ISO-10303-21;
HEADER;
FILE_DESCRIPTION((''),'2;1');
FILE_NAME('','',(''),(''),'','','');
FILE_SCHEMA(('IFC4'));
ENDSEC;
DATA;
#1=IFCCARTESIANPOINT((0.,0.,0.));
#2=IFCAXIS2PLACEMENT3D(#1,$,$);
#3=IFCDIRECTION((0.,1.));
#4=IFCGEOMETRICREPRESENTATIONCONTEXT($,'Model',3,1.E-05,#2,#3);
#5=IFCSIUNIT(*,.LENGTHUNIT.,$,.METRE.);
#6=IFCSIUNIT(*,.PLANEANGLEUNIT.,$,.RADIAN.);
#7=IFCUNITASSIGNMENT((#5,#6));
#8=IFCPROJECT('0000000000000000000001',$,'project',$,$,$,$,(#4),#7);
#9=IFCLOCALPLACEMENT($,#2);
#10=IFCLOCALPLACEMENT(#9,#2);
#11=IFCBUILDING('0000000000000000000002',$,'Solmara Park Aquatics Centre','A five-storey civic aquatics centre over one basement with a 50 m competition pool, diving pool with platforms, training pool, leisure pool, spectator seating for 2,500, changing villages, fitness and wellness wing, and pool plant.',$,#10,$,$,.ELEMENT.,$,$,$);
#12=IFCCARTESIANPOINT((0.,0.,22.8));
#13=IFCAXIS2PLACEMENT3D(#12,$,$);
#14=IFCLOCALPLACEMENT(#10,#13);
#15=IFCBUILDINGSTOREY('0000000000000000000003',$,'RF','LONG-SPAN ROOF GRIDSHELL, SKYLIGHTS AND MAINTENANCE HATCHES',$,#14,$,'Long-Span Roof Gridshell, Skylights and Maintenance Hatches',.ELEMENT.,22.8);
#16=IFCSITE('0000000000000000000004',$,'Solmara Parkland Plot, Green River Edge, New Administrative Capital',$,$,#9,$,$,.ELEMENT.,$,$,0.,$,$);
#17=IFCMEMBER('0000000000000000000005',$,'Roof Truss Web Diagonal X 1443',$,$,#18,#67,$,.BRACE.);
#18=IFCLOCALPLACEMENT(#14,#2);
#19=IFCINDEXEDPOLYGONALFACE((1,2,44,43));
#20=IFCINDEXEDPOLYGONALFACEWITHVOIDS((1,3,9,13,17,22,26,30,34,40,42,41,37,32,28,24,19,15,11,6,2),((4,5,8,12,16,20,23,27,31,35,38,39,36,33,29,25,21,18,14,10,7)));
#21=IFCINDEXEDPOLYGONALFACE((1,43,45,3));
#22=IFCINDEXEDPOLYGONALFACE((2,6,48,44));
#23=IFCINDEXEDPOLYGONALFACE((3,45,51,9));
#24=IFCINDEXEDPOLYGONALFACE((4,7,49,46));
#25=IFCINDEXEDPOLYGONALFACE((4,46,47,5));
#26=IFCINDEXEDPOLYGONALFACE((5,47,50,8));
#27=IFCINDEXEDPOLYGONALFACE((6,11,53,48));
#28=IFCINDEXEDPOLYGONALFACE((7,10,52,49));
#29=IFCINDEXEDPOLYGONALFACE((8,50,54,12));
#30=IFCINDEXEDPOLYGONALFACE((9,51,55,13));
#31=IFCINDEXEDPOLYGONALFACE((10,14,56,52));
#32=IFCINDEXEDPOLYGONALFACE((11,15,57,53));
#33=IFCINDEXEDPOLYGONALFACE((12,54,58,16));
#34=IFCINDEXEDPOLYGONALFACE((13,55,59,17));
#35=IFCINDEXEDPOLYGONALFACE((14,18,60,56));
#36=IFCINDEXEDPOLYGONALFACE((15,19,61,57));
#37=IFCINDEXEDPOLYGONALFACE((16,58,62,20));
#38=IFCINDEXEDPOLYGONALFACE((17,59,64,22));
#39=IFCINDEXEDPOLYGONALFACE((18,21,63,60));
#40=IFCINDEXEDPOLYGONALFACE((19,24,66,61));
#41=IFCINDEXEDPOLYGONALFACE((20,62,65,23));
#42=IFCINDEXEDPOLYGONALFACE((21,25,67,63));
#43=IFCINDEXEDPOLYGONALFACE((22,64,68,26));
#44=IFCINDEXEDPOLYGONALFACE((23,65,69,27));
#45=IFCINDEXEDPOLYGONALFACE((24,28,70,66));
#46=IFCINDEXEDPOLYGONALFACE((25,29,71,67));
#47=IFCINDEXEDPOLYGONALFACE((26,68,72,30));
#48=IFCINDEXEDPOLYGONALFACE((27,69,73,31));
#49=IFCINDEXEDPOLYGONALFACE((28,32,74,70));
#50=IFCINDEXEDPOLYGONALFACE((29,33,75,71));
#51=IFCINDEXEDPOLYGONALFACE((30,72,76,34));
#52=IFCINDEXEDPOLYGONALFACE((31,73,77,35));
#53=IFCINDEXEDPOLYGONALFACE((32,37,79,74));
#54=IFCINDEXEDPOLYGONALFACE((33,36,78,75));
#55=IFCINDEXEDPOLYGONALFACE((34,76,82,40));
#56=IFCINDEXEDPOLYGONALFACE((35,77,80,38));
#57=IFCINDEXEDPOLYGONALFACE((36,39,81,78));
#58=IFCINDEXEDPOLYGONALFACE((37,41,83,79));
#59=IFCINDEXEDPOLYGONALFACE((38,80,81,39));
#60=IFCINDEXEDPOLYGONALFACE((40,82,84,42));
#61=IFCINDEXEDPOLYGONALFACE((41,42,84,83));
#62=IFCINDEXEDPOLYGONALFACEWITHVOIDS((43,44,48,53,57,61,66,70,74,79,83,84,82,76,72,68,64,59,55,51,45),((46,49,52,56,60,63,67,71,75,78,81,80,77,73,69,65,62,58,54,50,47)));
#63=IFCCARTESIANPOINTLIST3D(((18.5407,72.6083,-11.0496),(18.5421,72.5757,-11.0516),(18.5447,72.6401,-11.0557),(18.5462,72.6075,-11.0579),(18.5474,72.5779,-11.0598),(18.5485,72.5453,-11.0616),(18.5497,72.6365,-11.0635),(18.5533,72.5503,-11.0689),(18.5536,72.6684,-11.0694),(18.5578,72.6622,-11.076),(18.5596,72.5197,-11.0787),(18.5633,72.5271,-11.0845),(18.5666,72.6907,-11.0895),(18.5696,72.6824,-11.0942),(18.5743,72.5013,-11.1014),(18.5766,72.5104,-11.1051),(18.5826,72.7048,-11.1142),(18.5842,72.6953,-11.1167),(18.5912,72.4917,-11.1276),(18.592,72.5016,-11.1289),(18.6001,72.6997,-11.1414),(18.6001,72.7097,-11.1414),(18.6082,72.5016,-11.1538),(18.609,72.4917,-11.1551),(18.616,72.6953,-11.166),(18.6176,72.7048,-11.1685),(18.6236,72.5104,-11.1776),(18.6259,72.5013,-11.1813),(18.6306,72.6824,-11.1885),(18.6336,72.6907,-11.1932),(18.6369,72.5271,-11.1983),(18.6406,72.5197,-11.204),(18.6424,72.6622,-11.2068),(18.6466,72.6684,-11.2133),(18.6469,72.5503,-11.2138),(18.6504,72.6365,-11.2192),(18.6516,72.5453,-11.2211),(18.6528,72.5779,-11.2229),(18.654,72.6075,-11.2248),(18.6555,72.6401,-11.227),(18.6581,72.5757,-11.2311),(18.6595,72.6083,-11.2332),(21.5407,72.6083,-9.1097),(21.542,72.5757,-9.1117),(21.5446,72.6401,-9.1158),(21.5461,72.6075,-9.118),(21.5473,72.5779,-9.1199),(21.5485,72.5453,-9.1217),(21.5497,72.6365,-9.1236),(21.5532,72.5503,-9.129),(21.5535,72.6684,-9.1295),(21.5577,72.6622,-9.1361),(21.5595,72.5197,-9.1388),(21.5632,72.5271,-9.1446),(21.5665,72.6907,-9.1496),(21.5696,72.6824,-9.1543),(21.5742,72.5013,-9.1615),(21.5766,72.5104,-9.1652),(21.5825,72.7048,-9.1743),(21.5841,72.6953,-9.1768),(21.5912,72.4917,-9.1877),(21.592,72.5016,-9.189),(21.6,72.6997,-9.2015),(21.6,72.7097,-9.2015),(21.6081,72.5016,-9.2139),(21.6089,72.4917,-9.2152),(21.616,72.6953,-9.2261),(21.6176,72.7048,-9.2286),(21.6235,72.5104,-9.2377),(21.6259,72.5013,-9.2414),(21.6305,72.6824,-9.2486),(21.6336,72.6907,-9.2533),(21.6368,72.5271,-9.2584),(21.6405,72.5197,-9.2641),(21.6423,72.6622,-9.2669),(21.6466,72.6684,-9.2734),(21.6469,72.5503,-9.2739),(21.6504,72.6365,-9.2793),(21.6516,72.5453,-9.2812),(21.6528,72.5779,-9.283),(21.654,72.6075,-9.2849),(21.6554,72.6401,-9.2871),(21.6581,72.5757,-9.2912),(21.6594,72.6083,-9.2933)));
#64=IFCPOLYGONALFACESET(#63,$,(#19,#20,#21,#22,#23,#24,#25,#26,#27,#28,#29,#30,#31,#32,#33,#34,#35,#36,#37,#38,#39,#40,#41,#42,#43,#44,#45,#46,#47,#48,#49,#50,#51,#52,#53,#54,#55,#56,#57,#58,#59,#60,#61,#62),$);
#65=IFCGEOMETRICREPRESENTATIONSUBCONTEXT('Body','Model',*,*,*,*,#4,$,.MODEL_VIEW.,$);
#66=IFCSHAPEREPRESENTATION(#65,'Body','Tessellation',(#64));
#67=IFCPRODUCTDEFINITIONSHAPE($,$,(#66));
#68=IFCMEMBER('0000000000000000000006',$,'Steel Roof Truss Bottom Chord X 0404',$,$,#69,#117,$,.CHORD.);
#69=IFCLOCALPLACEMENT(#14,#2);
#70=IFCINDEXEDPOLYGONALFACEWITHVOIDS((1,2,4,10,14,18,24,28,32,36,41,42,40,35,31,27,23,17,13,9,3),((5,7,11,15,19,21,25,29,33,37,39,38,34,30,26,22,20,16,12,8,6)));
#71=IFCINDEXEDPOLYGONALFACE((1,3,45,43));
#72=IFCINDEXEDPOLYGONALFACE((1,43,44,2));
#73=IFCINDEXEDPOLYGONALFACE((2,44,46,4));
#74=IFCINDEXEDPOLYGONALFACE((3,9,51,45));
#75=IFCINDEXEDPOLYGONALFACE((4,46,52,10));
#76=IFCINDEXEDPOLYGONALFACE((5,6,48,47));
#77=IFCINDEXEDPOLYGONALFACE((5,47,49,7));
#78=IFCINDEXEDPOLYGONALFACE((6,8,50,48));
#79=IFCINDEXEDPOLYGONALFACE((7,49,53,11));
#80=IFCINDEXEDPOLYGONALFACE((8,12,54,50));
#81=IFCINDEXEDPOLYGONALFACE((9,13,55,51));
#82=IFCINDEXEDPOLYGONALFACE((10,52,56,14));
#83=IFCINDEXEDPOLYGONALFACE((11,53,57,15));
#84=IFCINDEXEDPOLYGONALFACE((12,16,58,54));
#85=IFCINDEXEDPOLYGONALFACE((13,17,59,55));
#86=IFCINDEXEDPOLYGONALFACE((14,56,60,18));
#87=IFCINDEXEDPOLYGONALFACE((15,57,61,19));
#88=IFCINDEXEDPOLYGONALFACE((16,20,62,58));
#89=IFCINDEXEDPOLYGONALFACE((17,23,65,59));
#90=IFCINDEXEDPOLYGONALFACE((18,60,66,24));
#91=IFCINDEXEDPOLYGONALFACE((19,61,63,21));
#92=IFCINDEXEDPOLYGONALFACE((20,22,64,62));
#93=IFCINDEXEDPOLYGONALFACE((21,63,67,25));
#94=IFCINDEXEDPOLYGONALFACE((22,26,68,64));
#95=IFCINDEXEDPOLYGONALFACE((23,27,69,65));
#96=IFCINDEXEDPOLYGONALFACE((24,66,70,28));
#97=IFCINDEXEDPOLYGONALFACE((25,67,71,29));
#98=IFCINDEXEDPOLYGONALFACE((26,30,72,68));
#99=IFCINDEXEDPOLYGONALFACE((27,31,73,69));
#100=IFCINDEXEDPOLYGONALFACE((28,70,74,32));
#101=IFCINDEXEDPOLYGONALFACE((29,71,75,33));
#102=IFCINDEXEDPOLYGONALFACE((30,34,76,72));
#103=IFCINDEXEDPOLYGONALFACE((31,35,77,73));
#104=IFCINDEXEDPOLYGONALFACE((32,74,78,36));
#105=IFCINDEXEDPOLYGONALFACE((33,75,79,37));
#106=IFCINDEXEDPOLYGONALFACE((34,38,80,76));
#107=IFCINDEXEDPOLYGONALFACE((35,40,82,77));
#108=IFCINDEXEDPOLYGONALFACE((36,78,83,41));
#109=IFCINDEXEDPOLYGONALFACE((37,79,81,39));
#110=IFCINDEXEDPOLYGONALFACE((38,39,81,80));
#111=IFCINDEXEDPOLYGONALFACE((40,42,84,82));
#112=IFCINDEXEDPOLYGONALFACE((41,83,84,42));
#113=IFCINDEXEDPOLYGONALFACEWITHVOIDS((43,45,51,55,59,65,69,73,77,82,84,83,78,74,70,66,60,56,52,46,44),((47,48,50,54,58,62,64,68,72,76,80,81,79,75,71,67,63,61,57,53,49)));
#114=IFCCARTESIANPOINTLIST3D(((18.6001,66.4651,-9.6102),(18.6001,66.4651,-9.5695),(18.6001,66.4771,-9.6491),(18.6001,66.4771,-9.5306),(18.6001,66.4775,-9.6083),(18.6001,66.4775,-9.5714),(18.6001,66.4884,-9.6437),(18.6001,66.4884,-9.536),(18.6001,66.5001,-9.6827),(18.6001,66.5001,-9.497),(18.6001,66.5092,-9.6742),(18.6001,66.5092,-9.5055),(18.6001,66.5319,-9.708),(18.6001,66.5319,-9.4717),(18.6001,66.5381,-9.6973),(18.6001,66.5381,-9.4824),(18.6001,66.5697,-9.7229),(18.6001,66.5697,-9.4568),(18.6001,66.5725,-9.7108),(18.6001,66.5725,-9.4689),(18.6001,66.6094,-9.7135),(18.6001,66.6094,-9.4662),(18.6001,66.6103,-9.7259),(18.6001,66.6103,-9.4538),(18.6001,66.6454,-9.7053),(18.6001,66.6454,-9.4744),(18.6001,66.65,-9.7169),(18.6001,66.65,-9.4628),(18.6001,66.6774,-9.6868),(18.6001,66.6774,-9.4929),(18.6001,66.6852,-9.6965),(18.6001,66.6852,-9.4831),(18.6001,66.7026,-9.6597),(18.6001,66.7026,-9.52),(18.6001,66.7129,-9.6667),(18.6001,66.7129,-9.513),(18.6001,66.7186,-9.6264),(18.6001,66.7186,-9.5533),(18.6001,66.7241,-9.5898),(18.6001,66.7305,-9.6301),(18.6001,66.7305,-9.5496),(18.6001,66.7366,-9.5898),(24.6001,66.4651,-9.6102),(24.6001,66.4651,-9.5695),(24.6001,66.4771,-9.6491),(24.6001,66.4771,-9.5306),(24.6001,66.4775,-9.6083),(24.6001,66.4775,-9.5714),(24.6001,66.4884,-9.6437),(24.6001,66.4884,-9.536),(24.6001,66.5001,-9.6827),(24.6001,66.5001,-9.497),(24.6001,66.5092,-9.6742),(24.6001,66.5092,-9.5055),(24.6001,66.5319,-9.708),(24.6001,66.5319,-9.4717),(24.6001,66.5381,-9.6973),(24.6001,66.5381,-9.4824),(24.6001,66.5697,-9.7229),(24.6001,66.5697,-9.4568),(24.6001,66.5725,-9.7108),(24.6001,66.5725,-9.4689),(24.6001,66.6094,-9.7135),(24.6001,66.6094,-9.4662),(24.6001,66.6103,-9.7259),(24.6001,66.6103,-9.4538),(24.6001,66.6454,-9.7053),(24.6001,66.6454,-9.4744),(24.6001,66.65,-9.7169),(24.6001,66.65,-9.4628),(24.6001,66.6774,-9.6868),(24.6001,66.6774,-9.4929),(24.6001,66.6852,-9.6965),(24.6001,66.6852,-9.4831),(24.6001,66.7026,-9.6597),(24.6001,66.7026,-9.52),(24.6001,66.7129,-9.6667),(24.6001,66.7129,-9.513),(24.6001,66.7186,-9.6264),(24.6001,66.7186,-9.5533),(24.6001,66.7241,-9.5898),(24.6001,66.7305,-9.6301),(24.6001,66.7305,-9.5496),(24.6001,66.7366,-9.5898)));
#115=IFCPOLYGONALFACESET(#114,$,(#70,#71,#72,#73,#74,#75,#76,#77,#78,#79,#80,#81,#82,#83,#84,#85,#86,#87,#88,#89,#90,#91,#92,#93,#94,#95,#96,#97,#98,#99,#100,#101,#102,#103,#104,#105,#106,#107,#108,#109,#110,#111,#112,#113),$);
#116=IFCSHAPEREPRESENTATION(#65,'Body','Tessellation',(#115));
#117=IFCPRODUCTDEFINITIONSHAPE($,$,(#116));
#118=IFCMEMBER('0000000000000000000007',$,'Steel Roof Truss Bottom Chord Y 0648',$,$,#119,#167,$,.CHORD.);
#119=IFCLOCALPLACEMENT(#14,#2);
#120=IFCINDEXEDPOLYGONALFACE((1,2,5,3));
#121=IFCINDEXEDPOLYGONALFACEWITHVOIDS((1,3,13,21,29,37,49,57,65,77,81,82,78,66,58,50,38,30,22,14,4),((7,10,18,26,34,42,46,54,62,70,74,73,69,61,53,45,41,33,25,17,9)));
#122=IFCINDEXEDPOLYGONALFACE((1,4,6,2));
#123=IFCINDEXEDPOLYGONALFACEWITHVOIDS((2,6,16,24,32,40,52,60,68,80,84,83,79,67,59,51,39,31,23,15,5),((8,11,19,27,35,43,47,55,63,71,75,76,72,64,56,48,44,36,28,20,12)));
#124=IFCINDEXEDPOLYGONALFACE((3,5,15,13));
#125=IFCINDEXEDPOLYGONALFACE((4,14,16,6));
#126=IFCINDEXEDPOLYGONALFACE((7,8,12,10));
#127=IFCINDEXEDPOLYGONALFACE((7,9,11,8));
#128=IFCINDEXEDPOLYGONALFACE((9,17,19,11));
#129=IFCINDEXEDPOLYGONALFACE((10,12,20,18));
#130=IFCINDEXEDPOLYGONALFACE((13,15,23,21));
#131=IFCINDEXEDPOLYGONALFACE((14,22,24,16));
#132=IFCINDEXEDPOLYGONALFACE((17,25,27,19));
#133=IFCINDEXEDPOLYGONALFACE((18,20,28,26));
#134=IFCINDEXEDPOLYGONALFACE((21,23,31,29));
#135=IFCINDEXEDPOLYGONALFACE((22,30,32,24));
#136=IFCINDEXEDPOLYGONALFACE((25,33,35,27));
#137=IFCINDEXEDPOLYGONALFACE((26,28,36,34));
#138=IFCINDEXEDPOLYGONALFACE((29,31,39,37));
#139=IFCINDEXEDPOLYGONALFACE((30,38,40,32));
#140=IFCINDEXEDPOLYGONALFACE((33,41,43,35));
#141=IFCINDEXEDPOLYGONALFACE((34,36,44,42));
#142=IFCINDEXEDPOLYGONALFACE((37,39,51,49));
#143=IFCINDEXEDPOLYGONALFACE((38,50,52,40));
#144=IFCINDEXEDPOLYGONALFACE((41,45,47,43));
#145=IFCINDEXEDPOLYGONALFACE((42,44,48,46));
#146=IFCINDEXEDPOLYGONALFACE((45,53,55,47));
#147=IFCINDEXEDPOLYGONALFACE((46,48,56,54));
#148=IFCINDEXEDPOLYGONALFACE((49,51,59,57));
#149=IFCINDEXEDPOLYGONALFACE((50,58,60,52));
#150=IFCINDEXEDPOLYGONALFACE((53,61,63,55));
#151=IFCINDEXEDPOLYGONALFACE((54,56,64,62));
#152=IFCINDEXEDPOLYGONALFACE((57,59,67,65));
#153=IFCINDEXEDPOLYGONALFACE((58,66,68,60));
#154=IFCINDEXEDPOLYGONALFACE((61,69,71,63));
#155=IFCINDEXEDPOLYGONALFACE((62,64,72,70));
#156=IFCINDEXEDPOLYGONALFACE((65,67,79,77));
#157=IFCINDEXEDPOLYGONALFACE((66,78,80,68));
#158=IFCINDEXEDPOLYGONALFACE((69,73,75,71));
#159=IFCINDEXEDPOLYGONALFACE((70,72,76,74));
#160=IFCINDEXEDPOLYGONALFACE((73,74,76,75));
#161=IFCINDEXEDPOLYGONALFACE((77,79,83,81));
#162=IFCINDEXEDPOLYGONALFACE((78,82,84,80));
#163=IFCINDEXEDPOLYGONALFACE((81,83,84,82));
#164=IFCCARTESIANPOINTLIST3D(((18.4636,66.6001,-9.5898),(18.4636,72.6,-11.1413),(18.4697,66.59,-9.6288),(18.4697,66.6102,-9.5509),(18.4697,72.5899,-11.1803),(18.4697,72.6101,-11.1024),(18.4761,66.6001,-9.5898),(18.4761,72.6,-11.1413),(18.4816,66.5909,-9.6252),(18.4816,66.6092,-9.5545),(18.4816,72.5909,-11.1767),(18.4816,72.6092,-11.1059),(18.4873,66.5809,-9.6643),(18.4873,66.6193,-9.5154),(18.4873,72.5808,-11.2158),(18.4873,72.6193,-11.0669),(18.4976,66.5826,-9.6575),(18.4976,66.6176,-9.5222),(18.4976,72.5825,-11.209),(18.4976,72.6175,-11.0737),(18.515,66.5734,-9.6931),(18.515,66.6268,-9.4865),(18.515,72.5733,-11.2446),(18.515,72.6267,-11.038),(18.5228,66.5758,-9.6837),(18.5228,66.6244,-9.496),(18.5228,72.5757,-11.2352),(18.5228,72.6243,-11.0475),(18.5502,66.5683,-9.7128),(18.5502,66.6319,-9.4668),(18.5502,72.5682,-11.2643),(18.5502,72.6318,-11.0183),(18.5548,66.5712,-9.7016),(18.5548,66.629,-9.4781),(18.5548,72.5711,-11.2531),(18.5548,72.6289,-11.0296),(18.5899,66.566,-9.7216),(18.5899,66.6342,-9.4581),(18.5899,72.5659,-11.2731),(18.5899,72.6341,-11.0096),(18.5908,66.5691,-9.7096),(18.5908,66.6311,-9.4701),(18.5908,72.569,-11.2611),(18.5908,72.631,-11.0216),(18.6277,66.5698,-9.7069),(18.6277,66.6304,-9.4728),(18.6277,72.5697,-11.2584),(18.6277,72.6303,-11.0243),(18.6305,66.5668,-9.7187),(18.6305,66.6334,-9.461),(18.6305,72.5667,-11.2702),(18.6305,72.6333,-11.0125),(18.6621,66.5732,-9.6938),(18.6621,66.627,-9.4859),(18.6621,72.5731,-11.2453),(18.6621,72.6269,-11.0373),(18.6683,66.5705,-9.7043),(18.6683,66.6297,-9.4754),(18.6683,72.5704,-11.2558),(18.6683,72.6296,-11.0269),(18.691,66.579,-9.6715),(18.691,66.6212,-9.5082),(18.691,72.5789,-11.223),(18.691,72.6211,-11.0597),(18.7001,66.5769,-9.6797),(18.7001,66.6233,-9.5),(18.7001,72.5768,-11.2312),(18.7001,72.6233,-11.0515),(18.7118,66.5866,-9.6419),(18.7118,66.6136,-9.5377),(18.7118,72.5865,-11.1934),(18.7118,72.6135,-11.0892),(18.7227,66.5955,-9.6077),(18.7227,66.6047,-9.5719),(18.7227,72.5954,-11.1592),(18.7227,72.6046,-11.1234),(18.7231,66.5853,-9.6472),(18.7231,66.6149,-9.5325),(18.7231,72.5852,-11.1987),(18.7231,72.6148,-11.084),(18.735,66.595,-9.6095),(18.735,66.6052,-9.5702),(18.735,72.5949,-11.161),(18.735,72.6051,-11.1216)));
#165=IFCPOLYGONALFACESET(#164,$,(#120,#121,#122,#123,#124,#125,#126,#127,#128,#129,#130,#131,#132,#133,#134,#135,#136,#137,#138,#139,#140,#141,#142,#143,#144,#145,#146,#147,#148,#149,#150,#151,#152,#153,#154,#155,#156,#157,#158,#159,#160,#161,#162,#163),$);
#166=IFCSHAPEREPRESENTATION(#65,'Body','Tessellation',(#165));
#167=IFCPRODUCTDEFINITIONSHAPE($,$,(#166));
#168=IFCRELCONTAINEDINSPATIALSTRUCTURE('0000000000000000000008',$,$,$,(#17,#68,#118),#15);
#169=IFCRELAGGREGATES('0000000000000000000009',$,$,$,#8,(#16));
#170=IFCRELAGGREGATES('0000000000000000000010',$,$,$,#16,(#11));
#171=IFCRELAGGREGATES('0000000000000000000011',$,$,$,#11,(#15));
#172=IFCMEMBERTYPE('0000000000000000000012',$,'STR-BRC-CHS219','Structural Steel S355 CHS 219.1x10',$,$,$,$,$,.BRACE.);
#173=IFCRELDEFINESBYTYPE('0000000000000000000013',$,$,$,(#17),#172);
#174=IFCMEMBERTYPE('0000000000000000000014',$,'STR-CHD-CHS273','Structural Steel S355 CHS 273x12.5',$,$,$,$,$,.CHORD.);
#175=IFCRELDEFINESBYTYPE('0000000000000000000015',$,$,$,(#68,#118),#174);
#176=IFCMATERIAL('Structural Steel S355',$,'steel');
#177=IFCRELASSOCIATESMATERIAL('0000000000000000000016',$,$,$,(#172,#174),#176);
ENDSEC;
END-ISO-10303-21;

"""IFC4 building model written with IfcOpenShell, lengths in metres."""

from ifc_helpers import new_model, si_unit, direction, frame, origin, origin_2d, place, context, subcontext, project, spatial, hollow_circle, extrude, material, material_profile, profile_set, type_object, element, save


model = new_model("IFC4")

# Units and contexts
model_context = context("Model", 3, precision=1e-05, world=origin(), true_north=direction((0.0, 1.0)))
body_context = subcontext(model_context, "Body", "Model", "MODEL_VIEW")
ifc_project = project(units=[si_unit("LENGTHUNIT", "METRE"), si_unit("PLANEANGLEUNIT", "RADIAN")], contexts=[model_context])

# Site, building, storey
site_placement = place(None, origin())
site = spatial("IfcSite", under=ifc_project, at=site_placement, Name="Solmara Parkland Plot, Green River Edge, New Administrative Capital", CompositionType="ELEMENT", RefElevation=0.0)
building_placement = place(site_placement, origin())
building = spatial("IfcBuilding", under=site, at=building_placement, Name="Solmara Park Aquatics Centre", Description="A five-storey civic aquatics centre over one basement with a 50 m competition pool, diving pool with platforms, training pool, leisure pool, spectator seating for 2,500, changing villages, fitness and wellness wing, and pool plant.", CompositionType="ELEMENT")
storey_placement = place(building_placement, frame((0.0, 0.0, 22.8)))
storey = spatial("IfcBuildingStorey", under=building, at=storey_placement, Name="RF", Description="LONG-SPAN ROOF GRIDSHELL, SKYLIGHTS AND MAINTENANCE HATCHES", LongName="Long-Span Roof Gridshell, Skylights and Maintenance Hatches", CompositionType="ELEMENT", Elevation=22.8)

# Members
ifc_material_1 = material(Name="Structural Steel S355", Category="steel")
ifc_material_profile_1 = material_profile(ifc_material_1, hollow_circle(Radius=0.1096, WallThickness=0.01, at=origin_2d()), Name="CHS 219.1x10")
ifc_profile_set_1 = profile_set([ifc_material_profile_1], Name="Structural Steel S355")
member_type_1 = type_object("IfcMemberType", Name="STR-BRC-CHS219", Description="Structural Steel S355 CHS 219.1x10", PredefinedType="BRACE", material=ifc_profile_set_1)
for number, where, z_axis, x_axis, name in (
    (1, (18.6001, 72.6001, -11.1414), (0.839728, 0.0, 0.543008), (0.0, 1.0, 0.0), "Roof Truss Web Diagonal X 1443"),
):
    element("IfcMember", number, at=place(storey_placement, frame(where, z_axis=z_axis, x_axis=x_axis)), inside=storey, type_object=member_type_1, Name=name, PredefinedType="BRACE", context=body_context, shape_type="SweptSolid", body=[
        extrude(hollow_circle(Radius=0.1096, WallThickness=0.01, at=origin_2d()), origin(), (0.0, 0.0, 1.0), 3.5725),
    ])
ifc_material_profile_2 = material_profile(ifc_material_1, hollow_circle(Radius=0.1365, WallThickness=0.0125, at=origin_2d()), Name="CHS 273x12.5")
ifc_profile_set_2 = profile_set([ifc_material_profile_2], Name="Structural Steel S355")
member_type_2 = type_object("IfcMemberType", Name="STR-CHD-CHS273", Description="Structural Steel S355 CHS 273x12.5", PredefinedType="CHORD", material=ifc_profile_set_2)
member_1_placement = place(storey_placement, frame((18.6001, 66.6001, -9.5898), z_axis=(1.0, 0.0, 0.0), x_axis=(0.0, 1.0, 0.0)))
element("IfcMember", 2, at=member_1_placement, inside=storey, type_object=member_type_2, Name="Steel Roof Truss Bottom Chord X 0404", PredefinedType="CHORD", context=body_context, shape_type="SweptSolid", body=[
    extrude(hollow_circle(Radius=0.1365, WallThickness=0.0125, at=origin_2d()), origin(), (0.0, 0.0, 1.0), 6.0),
])
member_2_placement = place(storey_placement, frame((18.6001, 66.6001, -9.5898), z_axis=(0.0, 0.968155, -0.250351), x_axis=(-1.0, 0.0, 0.0)))
element("IfcMember", 3, at=member_2_placement, inside=storey, type_object=member_type_2, Name="Steel Roof Truss Bottom Chord Y 0648", PredefinedType="CHORD", context=body_context, shape_type="SweptSolid", body=[
    extrude(hollow_circle(Radius=0.1365, WallThickness=0.0125, at=origin_2d()), origin(), (0.0, 0.0, 1.0), 6.1973),
])

save(model, "model.ifc")
